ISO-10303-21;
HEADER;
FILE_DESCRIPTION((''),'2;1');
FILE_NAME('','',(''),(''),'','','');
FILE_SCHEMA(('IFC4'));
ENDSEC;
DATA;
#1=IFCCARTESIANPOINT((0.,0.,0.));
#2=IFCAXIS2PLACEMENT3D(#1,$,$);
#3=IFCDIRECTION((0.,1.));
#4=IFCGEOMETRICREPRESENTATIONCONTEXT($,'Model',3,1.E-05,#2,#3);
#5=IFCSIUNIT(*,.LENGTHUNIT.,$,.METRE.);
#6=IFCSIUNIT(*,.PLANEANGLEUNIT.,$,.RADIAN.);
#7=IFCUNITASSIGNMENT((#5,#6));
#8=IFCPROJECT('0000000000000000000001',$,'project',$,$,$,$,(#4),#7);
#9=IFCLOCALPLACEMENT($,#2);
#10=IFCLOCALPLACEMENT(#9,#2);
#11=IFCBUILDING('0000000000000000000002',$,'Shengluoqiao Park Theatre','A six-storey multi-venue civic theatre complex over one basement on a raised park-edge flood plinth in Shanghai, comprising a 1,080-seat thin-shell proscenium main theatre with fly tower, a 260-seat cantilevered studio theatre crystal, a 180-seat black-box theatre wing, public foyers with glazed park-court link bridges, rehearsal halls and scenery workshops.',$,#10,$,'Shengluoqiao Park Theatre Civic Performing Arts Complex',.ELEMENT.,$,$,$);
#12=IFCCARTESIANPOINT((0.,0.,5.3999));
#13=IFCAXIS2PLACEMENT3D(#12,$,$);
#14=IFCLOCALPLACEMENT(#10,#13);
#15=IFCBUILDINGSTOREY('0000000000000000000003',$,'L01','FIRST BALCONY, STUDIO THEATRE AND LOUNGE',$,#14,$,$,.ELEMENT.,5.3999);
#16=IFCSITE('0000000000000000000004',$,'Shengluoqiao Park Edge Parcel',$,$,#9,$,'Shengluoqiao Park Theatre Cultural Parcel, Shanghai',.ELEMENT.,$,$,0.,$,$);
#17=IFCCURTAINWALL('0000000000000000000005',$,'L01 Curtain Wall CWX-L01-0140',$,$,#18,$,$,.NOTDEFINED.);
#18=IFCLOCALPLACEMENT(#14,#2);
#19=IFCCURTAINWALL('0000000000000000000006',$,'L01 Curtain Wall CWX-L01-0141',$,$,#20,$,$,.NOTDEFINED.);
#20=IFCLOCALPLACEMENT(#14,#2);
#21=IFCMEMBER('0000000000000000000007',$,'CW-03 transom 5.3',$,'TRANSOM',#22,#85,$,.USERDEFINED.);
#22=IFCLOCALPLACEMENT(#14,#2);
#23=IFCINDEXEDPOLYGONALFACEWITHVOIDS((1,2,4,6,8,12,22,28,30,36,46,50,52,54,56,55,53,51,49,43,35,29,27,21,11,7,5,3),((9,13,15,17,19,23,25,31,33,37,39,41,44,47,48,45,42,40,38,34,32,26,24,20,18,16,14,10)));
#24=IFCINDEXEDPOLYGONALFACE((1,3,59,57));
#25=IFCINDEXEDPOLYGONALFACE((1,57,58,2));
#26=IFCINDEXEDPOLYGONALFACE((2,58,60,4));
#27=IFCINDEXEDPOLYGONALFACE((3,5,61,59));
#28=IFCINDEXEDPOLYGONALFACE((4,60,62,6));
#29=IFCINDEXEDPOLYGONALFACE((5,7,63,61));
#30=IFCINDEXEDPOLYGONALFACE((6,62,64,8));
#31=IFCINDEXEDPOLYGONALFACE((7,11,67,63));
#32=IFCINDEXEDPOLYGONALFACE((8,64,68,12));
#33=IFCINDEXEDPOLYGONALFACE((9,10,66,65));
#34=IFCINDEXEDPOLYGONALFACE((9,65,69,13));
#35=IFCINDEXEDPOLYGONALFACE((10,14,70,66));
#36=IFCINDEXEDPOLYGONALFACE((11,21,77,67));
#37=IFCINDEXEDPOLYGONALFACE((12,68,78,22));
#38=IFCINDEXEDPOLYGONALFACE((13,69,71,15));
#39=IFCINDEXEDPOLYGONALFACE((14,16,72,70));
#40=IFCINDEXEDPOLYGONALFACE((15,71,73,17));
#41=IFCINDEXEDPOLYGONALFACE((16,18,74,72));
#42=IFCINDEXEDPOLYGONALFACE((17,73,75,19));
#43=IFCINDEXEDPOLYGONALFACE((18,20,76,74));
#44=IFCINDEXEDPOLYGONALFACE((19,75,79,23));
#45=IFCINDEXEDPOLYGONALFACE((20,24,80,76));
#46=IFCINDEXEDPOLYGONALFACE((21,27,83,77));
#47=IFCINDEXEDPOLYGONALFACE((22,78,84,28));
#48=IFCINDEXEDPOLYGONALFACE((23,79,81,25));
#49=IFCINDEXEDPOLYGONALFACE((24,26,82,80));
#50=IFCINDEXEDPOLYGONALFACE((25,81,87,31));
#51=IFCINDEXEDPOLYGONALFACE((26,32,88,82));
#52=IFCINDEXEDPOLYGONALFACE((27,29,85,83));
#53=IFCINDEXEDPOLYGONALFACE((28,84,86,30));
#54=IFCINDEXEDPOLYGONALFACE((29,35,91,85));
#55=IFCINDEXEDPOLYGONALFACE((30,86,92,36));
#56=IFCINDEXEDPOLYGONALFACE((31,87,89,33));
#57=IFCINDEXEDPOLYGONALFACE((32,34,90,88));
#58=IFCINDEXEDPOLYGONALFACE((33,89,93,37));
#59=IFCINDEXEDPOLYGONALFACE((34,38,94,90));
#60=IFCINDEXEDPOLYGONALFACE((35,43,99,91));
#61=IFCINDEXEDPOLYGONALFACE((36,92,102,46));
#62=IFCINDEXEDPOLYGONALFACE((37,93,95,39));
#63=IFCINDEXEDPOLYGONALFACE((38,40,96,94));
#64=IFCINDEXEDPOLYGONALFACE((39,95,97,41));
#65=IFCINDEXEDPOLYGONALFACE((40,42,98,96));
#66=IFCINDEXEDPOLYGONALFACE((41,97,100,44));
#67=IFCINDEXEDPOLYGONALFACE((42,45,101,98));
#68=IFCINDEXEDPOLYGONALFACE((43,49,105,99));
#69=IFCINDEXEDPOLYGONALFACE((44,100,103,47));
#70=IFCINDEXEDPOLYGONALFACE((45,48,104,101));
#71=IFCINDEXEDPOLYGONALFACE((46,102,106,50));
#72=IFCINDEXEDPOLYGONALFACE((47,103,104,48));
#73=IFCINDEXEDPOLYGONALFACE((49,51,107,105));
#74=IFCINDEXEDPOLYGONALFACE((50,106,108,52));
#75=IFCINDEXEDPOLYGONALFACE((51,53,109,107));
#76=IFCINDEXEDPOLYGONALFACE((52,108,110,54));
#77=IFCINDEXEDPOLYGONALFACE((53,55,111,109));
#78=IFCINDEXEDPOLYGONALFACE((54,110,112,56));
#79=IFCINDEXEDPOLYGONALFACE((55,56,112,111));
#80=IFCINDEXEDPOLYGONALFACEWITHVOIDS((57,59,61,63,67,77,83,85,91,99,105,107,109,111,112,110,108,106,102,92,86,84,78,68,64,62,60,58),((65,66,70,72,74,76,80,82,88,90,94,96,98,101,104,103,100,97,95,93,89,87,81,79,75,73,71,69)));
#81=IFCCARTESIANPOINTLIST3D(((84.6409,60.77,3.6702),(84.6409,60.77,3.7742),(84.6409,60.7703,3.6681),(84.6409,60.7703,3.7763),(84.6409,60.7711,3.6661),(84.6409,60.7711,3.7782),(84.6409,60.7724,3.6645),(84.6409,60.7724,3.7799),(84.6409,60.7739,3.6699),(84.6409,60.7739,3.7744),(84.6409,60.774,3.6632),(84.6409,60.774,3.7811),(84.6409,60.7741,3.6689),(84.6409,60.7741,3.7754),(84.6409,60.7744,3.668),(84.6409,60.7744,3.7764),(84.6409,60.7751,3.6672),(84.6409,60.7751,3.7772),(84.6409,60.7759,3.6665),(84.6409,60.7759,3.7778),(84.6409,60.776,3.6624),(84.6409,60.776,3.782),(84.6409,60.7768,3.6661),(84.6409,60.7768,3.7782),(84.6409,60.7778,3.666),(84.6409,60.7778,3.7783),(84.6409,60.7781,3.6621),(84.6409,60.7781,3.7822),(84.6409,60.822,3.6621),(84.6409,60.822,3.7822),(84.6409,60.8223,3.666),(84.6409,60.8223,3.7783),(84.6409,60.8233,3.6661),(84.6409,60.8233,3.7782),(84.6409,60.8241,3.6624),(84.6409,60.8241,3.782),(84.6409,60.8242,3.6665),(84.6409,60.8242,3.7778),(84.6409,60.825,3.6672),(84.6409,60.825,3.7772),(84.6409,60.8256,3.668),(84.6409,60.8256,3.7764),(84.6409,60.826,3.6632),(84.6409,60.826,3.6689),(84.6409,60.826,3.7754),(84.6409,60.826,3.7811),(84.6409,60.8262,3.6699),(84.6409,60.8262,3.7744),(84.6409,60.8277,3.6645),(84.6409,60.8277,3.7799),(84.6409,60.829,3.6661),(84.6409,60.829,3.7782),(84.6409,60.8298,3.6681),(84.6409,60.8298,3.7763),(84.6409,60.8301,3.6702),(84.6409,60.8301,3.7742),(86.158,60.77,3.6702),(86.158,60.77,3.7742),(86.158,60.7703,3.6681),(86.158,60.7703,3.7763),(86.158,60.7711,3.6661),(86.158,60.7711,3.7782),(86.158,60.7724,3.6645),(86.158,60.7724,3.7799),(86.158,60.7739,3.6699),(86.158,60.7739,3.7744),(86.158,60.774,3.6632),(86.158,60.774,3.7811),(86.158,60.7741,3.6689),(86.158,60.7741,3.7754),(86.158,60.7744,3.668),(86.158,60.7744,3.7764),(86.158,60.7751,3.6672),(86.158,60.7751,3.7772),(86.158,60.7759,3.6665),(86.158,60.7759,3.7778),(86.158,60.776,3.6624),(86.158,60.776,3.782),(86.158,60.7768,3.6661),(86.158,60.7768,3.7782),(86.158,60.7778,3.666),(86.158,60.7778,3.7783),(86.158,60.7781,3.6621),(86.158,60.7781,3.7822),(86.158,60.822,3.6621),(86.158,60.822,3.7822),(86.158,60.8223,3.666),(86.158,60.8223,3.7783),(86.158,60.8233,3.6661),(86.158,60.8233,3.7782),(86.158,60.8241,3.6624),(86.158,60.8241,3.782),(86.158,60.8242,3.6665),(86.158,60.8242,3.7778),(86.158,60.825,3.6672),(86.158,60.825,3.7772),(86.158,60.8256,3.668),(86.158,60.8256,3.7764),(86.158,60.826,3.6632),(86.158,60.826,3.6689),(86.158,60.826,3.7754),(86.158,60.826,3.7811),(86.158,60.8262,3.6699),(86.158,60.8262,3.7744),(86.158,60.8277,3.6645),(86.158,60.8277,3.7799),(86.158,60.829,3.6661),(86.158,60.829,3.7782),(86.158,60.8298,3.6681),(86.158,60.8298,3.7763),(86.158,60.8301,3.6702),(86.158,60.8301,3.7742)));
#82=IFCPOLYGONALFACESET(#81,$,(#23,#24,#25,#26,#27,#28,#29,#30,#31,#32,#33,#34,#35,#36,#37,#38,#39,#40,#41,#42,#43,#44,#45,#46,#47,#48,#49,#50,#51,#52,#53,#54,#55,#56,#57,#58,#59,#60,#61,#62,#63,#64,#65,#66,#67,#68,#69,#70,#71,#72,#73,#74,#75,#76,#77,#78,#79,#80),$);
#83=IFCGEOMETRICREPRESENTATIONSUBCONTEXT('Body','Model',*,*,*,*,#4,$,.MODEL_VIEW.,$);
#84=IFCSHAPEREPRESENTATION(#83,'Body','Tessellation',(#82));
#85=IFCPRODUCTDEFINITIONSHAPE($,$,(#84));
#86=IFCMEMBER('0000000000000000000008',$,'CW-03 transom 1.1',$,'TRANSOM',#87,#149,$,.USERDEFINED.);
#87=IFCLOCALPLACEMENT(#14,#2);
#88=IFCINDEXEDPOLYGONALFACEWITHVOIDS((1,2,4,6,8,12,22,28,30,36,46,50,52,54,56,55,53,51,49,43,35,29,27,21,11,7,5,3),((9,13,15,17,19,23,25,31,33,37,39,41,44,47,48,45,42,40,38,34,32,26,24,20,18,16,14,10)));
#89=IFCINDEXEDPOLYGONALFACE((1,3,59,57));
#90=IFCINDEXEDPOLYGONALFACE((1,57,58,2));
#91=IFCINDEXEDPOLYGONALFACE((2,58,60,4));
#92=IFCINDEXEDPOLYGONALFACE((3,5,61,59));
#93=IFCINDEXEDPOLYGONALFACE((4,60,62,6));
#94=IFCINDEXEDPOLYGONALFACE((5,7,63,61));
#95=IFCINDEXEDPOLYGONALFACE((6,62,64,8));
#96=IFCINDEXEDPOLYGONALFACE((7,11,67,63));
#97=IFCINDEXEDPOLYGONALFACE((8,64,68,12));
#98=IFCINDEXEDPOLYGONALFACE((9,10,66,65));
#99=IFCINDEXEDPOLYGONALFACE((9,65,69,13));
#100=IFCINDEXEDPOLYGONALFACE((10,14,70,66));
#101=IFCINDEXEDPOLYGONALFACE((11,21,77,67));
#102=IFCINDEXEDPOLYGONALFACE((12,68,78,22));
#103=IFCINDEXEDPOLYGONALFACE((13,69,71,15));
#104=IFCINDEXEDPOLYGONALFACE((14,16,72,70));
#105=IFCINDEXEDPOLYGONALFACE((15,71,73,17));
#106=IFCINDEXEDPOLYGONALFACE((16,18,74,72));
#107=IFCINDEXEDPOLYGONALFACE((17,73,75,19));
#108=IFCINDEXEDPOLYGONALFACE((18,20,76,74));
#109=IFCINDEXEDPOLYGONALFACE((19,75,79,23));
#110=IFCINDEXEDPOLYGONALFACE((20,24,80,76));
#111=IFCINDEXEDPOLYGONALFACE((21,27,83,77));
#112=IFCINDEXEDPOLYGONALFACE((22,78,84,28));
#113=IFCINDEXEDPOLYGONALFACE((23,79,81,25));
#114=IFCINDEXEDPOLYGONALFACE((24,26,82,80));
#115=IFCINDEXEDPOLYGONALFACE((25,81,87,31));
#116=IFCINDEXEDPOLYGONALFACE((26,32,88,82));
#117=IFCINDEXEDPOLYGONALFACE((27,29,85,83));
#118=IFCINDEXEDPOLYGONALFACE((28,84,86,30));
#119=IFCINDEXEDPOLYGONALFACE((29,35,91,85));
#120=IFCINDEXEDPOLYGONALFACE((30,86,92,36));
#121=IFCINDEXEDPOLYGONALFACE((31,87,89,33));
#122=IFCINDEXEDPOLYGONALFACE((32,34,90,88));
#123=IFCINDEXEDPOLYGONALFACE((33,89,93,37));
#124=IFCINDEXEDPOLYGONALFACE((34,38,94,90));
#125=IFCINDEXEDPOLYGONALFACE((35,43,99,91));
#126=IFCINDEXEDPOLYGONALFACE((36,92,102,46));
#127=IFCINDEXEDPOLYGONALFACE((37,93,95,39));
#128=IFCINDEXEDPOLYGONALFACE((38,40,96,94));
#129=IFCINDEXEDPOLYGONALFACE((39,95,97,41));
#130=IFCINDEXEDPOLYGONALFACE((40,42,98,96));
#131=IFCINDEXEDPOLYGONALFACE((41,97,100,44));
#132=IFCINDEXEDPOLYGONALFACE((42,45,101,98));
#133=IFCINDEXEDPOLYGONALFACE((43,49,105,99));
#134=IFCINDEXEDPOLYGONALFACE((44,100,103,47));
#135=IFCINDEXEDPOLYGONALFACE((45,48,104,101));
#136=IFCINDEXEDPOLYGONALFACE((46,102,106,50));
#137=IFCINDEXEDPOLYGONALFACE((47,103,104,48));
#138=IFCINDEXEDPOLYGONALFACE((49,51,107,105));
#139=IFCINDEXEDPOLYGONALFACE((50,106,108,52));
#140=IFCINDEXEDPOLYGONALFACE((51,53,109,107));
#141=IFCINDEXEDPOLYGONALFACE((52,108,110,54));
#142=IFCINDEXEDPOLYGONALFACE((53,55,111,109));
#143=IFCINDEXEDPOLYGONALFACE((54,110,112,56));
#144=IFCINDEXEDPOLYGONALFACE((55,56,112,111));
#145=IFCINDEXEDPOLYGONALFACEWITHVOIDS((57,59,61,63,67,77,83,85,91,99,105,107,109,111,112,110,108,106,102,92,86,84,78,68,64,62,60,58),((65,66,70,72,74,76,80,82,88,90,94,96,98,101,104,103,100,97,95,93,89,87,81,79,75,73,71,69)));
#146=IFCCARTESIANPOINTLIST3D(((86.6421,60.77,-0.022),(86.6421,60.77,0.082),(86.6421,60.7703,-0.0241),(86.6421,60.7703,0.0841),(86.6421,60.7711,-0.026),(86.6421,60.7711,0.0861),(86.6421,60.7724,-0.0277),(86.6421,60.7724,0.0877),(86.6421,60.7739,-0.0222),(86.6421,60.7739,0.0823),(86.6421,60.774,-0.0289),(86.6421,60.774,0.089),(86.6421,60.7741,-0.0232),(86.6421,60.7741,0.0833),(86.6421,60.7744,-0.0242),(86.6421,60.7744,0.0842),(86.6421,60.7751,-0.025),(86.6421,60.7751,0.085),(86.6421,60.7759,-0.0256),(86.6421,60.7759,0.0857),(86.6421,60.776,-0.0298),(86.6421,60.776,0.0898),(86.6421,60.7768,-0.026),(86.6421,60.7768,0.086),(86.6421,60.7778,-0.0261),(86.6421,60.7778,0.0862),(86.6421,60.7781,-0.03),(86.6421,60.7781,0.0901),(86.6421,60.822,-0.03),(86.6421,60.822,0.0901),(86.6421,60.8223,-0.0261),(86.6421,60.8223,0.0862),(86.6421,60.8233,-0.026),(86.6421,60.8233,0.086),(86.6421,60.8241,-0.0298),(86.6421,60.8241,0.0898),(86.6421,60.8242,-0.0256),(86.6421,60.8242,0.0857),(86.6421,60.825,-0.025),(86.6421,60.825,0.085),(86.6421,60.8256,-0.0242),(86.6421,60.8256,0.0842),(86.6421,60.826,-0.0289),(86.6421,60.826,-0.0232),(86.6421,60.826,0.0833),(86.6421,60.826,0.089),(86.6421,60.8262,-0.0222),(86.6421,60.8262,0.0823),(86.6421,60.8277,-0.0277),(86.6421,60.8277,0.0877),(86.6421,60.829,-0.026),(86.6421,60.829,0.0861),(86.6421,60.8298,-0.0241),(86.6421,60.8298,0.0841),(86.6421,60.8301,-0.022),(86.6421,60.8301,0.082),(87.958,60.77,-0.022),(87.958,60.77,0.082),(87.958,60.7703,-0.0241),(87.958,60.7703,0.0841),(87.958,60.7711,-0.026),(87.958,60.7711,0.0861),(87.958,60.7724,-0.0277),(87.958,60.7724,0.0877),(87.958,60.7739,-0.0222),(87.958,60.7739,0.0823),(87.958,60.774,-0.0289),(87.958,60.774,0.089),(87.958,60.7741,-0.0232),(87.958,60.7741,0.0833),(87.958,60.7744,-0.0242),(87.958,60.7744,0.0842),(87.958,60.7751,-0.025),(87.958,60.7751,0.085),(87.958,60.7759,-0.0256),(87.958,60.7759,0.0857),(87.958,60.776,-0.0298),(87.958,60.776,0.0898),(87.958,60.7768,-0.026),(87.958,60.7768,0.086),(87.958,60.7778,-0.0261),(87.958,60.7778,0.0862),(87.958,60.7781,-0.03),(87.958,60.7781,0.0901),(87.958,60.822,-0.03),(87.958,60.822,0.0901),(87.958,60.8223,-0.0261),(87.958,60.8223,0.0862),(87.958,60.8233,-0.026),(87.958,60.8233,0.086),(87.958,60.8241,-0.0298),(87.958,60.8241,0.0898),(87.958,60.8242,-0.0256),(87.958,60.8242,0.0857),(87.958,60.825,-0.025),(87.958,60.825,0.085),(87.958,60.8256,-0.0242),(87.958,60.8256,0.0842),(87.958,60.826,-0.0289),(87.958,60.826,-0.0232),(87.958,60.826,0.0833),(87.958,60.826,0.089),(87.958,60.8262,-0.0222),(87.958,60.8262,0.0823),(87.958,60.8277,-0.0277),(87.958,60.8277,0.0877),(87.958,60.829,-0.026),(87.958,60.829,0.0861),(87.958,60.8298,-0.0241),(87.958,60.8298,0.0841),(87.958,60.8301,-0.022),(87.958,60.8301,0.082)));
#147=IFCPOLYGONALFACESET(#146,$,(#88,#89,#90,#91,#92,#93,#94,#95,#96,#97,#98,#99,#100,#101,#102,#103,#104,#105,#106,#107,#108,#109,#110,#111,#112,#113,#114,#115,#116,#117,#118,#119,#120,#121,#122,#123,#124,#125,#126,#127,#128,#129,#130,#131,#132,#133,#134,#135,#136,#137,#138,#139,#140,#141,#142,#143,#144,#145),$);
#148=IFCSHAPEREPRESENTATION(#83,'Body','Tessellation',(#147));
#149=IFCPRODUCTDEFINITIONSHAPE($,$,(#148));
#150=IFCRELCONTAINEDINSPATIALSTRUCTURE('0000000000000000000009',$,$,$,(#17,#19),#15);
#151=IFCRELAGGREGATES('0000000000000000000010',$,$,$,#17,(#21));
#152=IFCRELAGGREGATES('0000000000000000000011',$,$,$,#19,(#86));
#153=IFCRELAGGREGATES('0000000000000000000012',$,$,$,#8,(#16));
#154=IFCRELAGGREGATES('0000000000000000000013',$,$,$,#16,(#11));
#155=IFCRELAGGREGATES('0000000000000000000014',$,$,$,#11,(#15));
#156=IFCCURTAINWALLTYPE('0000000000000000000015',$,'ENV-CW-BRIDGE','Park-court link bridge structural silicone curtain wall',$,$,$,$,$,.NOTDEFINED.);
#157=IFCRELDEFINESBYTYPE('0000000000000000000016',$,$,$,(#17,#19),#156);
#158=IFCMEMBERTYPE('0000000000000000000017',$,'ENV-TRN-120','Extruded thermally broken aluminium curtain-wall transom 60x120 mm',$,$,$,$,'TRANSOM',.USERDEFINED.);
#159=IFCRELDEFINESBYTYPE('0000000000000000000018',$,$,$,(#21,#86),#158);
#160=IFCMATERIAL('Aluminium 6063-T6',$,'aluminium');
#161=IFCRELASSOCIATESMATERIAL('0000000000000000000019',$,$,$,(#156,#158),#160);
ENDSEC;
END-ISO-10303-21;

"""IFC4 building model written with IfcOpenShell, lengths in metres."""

from ifc_helpers import new_model, si_unit, direction, frame, origin, origin_2d, place, context, subcontext, project, spatial, hollow_rectangle, extrude, material, material_profile, profile_set, type_object, element, aggregate, save


model = new_model("IFC4")

# Units and contexts
model_context = context("Model", 3, precision=1e-05, world=origin(), true_north=direction((0.0, 1.0)))
body_context = subcontext(model_context, "Body", "Model", "MODEL_VIEW")
ifc_project = project(units=[si_unit("LENGTHUNIT", "METRE"), si_unit("PLANEANGLEUNIT", "RADIAN")], contexts=[model_context])

# Site, building, storey
site_placement = place(None, origin())
site = spatial("IfcSite", under=ifc_project, at=site_placement, Name="Shengluoqiao Park Edge Parcel", LongName="Shengluoqiao Park Theatre Cultural Parcel, Shanghai", CompositionType="ELEMENT", RefElevation=0.0)
building_placement = place(site_placement, origin())
building = spatial("IfcBuilding", under=site, at=building_placement, Name="Shengluoqiao Park Theatre", Description="A six-storey multi-venue civic theatre complex over one basement on a raised park-edge flood plinth in Shanghai, comprising a 1,080-seat thin-shell proscenium main theatre with fly tower, a 260-seat cantilevered studio theatre crystal, a 180-seat black-box theatre wing, public foyers with glazed park-court link bridges, rehearsal halls and scenery workshops.", LongName="Shengluoqiao Park Theatre Civic Performing Arts Complex", CompositionType="ELEMENT")
storey_placement = place(building_placement, frame((0.0, 0.0, 5.3999)))
storey = spatial("IfcBuildingStorey", under=building, at=storey_placement, Name="L01", Description="FIRST BALCONY, STUDIO THEATRE AND LOUNGE", CompositionType="ELEMENT", Elevation=5.3999)

# Curtain wall
ifc_material_1 = material(Name="Aluminium 6063-T6", Category="aluminium")
curtain_wall_type = type_object("IfcCurtainWallType", Name="ENV-CW-BRIDGE", Description="Park-court link bridge structural silicone curtain wall", PredefinedType="NOTDEFINED", material=ifc_material_1)
curtain_wall_1_placement = place(storey_placement, origin())
curtain_wall_1 = element("IfcCurtainWall", 1, at=curtain_wall_1_placement, inside=storey, type_object=curtain_wall_type, Name="L01 Curtain Wall CWX-L01-0140", PredefinedType="NOTDEFINED")

# Curtain wall
curtain_wall_2_placement = place(storey_placement, origin())
curtain_wall_2 = element("IfcCurtainWall", 2, at=curtain_wall_2_placement, inside=storey, type_object=curtain_wall_type, Name="L01 Curtain Wall CWX-L01-0141", PredefinedType="NOTDEFINED")

# Members
ifc_material_profile_1 = material_profile(ifc_material_1, hollow_rectangle(XDim=0.0601, YDim=0.1201, WallThickness=0.0039, InnerFilletRadius=0.0039, OuterFilletRadius=0.0081, at=origin_2d()), Name="ALU TRANSOM 120x60x4")
ifc_profile_set_1 = profile_set([ifc_material_profile_1], Name="Aluminium 6063-T6")
member_type_1 = type_object("IfcMemberType", Name="ENV-TRN-120", Description="Extruded thermally broken aluminium curtain-wall transom 60x120 mm", ElementType="TRANSOM", PredefinedType="USERDEFINED", material=ifc_profile_set_1)
member_1_placement = place(storey_placement, frame((84.6409, 60.8, 3.7222), z_axis=(1.0, 0.0, 0.0), x_axis=(0.0, 1.0, 0.0)))
member_1 = element("IfcMember", 3, at=member_1_placement, type_object=member_type_1, Name="CW-03 transom 5.3", ObjectType="TRANSOM", PredefinedType="USERDEFINED", context=body_context, shape_type="SweptSolid", body=[
    extrude(hollow_rectangle(XDim=0.0601, YDim=0.1201, WallThickness=0.0039, InnerFilletRadius=0.0039, OuterFilletRadius=0.0081, at=origin_2d()), origin(), (0.0, 0.0, 1.0), 1.5171),
])
member_2_placement = place(storey_placement, frame((86.6421, 60.8, 0.03), z_axis=(1.0, 0.0, 0.0), x_axis=(0.0, 1.0, 0.0)))
member_2 = element("IfcMember", 4, at=member_2_placement, type_object=member_type_1, Name="CW-03 transom 1.1", ObjectType="TRANSOM", PredefinedType="USERDEFINED", context=body_context, shape_type="SweptSolid", body=[
    extrude(hollow_rectangle(XDim=0.0601, YDim=0.1201, WallThickness=0.0039, InnerFilletRadius=0.0039, OuterFilletRadius=0.0081, at=origin_2d()), origin(), (0.0, 0.0, 1.0), 1.3159),
])

aggregate(curtain_wall_1, [member_1])
aggregate(curtain_wall_2, [member_2])

save(model, "model.ifc")
